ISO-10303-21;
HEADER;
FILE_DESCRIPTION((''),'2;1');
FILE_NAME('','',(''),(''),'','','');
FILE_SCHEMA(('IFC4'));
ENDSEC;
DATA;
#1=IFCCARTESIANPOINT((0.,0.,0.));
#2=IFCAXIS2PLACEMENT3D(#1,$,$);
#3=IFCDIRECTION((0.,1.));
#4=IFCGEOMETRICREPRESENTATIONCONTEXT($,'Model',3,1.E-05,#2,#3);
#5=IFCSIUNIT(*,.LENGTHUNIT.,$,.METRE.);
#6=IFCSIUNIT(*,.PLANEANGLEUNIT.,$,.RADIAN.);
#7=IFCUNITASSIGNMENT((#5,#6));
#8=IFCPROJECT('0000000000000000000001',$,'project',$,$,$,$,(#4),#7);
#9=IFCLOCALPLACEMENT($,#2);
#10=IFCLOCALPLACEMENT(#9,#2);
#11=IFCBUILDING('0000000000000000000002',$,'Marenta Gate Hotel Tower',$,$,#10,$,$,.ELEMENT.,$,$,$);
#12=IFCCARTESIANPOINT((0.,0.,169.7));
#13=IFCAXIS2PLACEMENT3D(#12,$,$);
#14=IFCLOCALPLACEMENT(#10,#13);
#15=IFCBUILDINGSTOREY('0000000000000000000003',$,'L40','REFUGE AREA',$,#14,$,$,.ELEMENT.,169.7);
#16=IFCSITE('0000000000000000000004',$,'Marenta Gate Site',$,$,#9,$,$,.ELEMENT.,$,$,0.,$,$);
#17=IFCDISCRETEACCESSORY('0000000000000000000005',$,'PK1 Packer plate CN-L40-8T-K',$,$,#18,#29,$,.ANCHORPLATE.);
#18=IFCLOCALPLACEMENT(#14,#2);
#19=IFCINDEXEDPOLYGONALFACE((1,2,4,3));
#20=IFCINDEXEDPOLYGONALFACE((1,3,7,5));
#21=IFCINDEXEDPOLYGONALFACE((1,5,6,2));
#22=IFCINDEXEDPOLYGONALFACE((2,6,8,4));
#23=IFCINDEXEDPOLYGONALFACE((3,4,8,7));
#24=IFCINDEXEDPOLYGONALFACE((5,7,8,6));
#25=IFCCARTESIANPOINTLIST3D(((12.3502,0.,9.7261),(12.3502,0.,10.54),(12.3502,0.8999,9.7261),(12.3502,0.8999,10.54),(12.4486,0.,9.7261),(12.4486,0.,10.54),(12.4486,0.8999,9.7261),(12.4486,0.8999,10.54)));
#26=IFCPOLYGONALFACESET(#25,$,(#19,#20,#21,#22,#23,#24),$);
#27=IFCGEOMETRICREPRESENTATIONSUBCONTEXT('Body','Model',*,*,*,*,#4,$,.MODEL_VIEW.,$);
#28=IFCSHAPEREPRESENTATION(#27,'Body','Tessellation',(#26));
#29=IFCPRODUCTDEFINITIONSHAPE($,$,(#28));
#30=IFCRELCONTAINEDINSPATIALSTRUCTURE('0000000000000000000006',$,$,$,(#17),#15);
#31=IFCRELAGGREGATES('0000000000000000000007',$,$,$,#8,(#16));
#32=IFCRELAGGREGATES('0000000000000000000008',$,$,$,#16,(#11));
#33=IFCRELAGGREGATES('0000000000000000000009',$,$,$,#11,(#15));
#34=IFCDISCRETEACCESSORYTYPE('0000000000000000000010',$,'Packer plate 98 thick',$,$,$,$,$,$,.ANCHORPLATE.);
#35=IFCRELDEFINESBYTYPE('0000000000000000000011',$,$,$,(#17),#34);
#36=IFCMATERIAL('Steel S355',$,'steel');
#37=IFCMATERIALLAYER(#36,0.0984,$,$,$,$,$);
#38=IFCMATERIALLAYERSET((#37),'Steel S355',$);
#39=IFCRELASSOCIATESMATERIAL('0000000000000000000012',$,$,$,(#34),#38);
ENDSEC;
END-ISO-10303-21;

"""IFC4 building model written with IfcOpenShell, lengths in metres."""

from ifc_helpers import new_model, si_unit, direction, frame, origin, origin_2d, place, context, subcontext, project, spatial, rectangle, extrude, material, layer, layer_set, type_object, element, save


model = new_model("IFC4")

# Units and contexts
model_context = context("Model", 3, precision=1e-05, world=origin(), true_north=direction((0.0, 1.0)))
body_context = subcontext(model_context, "Body", "Model", "MODEL_VIEW")
ifc_project = project(units=[si_unit("LENGTHUNIT", "METRE"), si_unit("PLANEANGLEUNIT", "RADIAN")], contexts=[model_context])

# Site, building, storey
site_placement = place(None, origin())
site = spatial("IfcSite", under=ifc_project, at=site_placement, Name="Marenta Gate Site", CompositionType="ELEMENT", RefElevation=0.0)
building_placement = place(site_placement, origin())
building = spatial("IfcBuilding", under=site, at=building_placement, Name="Marenta Gate Hotel Tower", CompositionType="ELEMENT")
storey_placement = place(building_placement, frame((0.0, 0.0, 169.7)))
storey = spatial("IfcBuildingStorey", under=building, at=storey_placement, Name="L40", Description="REFUGE AREA", CompositionType="ELEMENT", Elevation=169.7)

# Discrete accessory
ifc_material_1 = material(Name="Steel S355", Category="steel")
ifc_layer_1 = layer(ifc_material_1, 0.0984)
ifc_layer_set_1 = layer_set([ifc_layer_1], Name="Steel S355")
discrete_accessory_type_1 = type_object("IfcDiscreteAccessoryType", Name="Packer plate 98 thick", PredefinedType="ANCHORPLATE", material=ifc_layer_set_1)
for number, where, z_axis, x_axis, name in (
    (1, (12.3994, 0.45, 9.7261), (0.0, 0.0, 1.0), (1.0, 0.0, 0.0), "PK1 Packer plate CN-L40-8T-K"),
):
    element("IfcDiscreteAccessory", number, at=place(storey_placement, frame(where, z_axis=z_axis, x_axis=x_axis)), inside=storey, type_object=discrete_accessory_type_1, Name=name, PredefinedType="ANCHORPLATE", context=body_context, shape_type="SweptSolid", body=[
        extrude(rectangle(XDim=0.0984, YDim=0.8999, at=origin_2d()), origin(), (0.0, 0.0, 1.0), 0.814),
    ])

save(model, "model.ifc")
